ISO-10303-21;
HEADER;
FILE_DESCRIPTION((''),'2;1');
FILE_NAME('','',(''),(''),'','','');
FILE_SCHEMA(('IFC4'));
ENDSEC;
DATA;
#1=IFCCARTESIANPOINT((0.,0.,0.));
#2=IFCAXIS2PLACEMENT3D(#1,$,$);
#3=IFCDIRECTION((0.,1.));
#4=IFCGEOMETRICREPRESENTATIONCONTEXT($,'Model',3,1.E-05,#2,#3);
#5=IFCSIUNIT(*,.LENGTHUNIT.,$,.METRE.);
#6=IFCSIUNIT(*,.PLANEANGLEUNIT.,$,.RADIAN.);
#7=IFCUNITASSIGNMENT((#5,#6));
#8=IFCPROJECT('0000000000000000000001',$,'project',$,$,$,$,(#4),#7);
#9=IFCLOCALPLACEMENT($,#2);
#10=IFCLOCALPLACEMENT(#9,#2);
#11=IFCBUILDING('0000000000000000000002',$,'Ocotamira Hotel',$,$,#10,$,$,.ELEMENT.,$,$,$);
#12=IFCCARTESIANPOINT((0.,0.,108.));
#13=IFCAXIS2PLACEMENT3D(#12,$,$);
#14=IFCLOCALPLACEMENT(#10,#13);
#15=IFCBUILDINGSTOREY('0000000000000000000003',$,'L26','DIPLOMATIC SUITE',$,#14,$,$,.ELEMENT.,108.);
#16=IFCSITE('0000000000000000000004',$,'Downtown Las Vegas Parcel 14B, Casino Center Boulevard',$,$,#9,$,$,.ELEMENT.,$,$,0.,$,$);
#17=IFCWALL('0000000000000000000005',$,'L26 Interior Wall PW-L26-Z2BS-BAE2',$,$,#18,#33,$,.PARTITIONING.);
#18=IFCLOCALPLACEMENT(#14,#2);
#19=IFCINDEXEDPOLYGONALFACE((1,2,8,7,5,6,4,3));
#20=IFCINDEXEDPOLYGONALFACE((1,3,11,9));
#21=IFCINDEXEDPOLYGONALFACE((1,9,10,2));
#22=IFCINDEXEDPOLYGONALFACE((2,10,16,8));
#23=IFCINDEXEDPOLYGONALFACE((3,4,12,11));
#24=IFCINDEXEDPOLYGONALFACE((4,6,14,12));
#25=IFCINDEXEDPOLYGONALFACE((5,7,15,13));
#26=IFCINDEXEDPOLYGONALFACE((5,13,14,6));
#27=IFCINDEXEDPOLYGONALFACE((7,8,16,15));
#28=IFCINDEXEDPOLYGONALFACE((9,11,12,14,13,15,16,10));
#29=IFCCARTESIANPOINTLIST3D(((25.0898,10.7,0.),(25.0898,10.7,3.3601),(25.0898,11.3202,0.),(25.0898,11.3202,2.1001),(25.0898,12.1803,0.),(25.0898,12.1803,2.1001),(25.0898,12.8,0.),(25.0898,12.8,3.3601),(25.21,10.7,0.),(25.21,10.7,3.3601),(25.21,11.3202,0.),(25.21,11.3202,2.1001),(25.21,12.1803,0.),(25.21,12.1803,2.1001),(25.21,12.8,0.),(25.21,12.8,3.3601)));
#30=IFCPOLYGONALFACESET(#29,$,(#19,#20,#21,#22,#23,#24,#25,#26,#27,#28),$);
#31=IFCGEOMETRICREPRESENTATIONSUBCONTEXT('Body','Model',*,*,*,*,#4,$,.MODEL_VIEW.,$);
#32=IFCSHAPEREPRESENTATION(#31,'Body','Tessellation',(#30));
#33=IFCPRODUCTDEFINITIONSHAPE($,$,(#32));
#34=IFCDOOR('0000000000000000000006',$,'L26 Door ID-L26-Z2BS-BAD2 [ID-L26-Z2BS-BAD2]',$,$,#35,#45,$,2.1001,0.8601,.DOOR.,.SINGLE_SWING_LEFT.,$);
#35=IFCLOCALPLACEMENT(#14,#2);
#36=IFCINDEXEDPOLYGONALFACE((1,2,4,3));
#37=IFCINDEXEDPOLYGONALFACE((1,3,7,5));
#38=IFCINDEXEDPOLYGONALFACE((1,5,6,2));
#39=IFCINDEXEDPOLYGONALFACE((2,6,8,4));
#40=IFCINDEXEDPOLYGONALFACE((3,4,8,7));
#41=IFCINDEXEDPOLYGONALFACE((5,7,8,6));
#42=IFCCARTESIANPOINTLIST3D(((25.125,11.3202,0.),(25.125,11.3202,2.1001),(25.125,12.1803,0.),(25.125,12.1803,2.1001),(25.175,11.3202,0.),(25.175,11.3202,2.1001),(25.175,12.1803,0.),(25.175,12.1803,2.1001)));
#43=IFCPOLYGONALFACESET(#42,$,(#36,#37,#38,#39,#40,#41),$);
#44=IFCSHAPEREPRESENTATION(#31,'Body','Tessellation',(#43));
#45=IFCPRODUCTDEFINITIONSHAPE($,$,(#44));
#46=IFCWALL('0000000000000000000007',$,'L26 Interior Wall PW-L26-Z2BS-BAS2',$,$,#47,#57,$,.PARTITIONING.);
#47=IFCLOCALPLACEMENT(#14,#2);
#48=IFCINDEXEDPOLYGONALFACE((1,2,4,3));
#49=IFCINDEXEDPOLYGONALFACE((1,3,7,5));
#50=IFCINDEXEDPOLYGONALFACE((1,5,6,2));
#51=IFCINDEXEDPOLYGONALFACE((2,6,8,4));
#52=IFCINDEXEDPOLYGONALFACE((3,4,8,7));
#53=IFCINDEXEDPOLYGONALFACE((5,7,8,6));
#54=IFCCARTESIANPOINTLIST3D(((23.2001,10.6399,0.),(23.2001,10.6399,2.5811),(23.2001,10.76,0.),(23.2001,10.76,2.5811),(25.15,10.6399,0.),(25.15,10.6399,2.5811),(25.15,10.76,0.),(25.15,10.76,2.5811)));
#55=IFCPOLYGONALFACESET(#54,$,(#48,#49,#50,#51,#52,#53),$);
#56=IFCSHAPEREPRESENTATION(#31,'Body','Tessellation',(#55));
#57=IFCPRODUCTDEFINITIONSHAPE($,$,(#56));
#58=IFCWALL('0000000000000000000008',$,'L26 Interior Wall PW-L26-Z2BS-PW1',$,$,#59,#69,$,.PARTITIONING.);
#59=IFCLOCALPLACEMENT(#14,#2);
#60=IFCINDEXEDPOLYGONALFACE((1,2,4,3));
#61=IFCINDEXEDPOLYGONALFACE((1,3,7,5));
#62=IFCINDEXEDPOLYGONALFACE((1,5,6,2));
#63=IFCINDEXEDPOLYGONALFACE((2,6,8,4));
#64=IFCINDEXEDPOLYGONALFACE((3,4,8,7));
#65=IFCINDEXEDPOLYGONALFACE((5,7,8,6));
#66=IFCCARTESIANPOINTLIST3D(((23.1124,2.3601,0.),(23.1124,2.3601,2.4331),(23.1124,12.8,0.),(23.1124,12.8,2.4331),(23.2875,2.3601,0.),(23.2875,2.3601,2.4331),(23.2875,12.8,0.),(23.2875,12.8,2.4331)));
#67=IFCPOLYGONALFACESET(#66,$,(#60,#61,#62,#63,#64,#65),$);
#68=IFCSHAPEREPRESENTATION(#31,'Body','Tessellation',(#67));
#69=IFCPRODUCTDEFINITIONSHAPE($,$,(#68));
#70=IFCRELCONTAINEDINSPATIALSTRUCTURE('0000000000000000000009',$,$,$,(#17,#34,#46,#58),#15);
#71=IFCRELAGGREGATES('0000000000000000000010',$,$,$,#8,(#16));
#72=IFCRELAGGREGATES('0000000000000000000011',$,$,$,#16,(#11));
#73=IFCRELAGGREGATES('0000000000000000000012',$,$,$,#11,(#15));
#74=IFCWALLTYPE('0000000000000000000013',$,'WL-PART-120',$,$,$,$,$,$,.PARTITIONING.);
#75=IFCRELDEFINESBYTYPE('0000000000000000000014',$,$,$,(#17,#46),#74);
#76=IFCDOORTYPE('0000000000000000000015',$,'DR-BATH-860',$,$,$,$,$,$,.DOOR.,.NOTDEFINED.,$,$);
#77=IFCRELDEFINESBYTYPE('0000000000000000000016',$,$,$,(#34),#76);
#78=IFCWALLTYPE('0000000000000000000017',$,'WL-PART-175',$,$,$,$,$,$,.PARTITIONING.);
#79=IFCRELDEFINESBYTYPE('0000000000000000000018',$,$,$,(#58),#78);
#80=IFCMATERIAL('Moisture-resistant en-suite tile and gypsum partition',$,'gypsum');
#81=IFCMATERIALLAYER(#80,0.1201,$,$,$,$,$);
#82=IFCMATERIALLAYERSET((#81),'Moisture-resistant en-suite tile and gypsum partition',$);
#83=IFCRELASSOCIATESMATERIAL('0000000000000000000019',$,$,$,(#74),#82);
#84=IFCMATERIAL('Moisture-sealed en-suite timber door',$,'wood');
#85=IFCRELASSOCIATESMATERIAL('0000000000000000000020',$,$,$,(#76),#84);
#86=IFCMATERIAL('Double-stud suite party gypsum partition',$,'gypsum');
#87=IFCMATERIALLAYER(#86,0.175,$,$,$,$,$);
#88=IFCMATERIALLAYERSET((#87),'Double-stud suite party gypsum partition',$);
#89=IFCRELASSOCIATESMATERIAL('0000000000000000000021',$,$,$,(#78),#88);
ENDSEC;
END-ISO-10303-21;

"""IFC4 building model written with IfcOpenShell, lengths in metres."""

from ifc_helpers import new_model, si_unit, direction, frame, frame_2d, origin, place, context, subcontext, project, spatial, rectangle, extrude, source, transform, mapped, material, layer, layer_set, type_object, element, fill, save


model = new_model("IFC4")

# Units and contexts
model_context = context("Model", 3, precision=1e-05, world=origin(), true_north=direction((0.0, 1.0)))
body_context = subcontext(model_context, "Body", "Model", "MODEL_VIEW")
ifc_project = project(units=[si_unit("LENGTHUNIT", "METRE"), si_unit("PLANEANGLEUNIT", "RADIAN")], contexts=[model_context])

# Site, building, storey
site_placement = place(None, origin())
site = spatial("IfcSite", under=ifc_project, at=site_placement, Name="Downtown Las Vegas Parcel 14B, Casino Center Boulevard", CompositionType="ELEMENT", RefElevation=0.0)
building_placement = place(site_placement, origin())
building = spatial("IfcBuilding", under=site, at=building_placement, Name="Ocotamira Hotel", CompositionType="ELEMENT")
storey_placement = place(building_placement, frame((0.0, 0.0, 108.0)))
storey = spatial("IfcBuildingStorey", under=building, at=storey_placement, Name="L26", Description="DIPLOMATIC SUITE", CompositionType="ELEMENT", Elevation=108.0)

# Wall, opening, door
ifc_material_1 = material(Name="Moisture-resistant en-suite tile and gypsum partition", Category="gypsum")
ifc_layer_1 = layer(ifc_material_1, 0.1201)
ifc_layer_set_1 = layer_set([ifc_layer_1], Name="Moisture-resistant en-suite tile and gypsum partition")
wall_type_1 = type_object("IfcWallType", Name="WL-PART-120", PredefinedType="PARTITIONING", material=ifc_layer_set_1)
ifc_material_2 = material(Name="Moisture-sealed en-suite timber door", Category="wood")
door_type = type_object("IfcDoorType", Name="DR-BATH-860", OperationType="NOTDEFINED", PredefinedType="DOOR", material=ifc_material_2)
shared_shape_1 = source(origin(), body_context, "Body", "SweptSolid", [
    extrude(rectangle(XDim=0.8601, YDim=2.1001, at=frame_2d((0.4302, 1.05))), frame((0.0, 0.0249, 0.0), z_axis=(0.0, -1.0, 0.0), x_axis=(1.0, 0.0, 0.0)), (0.0, 0.0, 1.0), 0.05),
])
wall_1_placement = place(storey_placement, frame((25.1499, 10.7, 0.0), z_axis=(0.0, 0.0, 1.0), x_axis=(0.0, 1.0, 0.0)))
wall_1 = element("IfcWall", 1, at=wall_1_placement, inside=storey, type_object=wall_type_1, Name="L26 Interior Wall PW-L26-Z2BS-BAE2", PredefinedType="PARTITIONING", context=body_context, shape_type="SweptSolid", body=[
    extrude(rectangle(XDim=2.1001, YDim=0.1201, at=frame_2d((1.05, 0.0))), origin(), (0.0, 0.0, 1.0), 3.3601),
])
opening_1_placement = place(wall_1_placement, frame((0.6201, 0.0, 0.0)))
opening_1 = element("IfcOpeningElement", 2, at=opening_1_placement, cuts=wall_1, PredefinedType="OPENING", context=body_context, shape_type="SweptSolid", body=[
    extrude(rectangle(XDim=0.8601, YDim=2.1001, at=frame_2d((0.4302, 1.05))), frame((0.0, 0.0701, 0.0), z_axis=(0.0, -1.0, 0.0), x_axis=(1.0, 0.0, 0.0)), (0.0, 0.0, 1.0), 0.1401),
])
door_1_placement = place(opening_1_placement, origin())
door_1 = element("IfcDoor", 3, at=door_1_placement, inside=storey, type_object=door_type, Name="L26 Door ID-L26-Z2BS-BAD2 [ID-L26-Z2BS-BAD2]", OperationType="SINGLE_SWING_LEFT", OverallHeight=2.1001, OverallWidth=0.8601, PredefinedType="DOOR", context=body_context, shape_type="MappedRepresentation", body=[
    mapped(shared_shape_1, transform((0.0, 0.0, 0.0), scale=1.0)),
])
fill(opening_1, door_1)

# Walls
wall_2_placement = place(storey_placement, frame((23.2, 10.7, 0.0), z_axis=(0.0, 0.0, 1.0), x_axis=(1.0, 0.0, 0.0)))
element("IfcWall", 4, at=wall_2_placement, inside=storey, type_object=wall_type_1, Name="L26 Interior Wall PW-L26-Z2BS-BAS2", PredefinedType="PARTITIONING", context=body_context, shape_type="SweptSolid", body=[
    extrude(rectangle(XDim=1.95, YDim=0.1201, at=frame_2d((0.9751, 0.0))), origin(), (0.0, 0.0, 1.0), 2.5811),
])
ifc_material_3 = material(Name="Double-stud suite party gypsum partition", Category="gypsum")
ifc_layer_2 = layer(ifc_material_3, 0.175)
ifc_layer_set_2 = layer_set([ifc_layer_2], Name="Double-stud suite party gypsum partition")
wall_type_2 = type_object("IfcWallType", Name="WL-PART-175", PredefinedType="PARTITIONING", material=ifc_layer_set_2)
wall_3_placement = place(storey_placement, frame((23.2, 2.3601, 0.0), z_axis=(0.0, 0.0, 1.0), x_axis=(0.0, 1.0, 0.0)))
element("IfcWall", 5, at=wall_3_placement, inside=storey, type_object=wall_type_2, Name="L26 Interior Wall PW-L26-Z2BS-PW1", PredefinedType="PARTITIONING", context=body_context, shape_type="SweptSolid", body=[
    extrude(rectangle(XDim=10.4399, YDim=0.175, at=frame_2d((5.22, 0.0))), origin(), (0.0, 0.0, 1.0), 2.4331),
])

save(model, "model.ifc")
